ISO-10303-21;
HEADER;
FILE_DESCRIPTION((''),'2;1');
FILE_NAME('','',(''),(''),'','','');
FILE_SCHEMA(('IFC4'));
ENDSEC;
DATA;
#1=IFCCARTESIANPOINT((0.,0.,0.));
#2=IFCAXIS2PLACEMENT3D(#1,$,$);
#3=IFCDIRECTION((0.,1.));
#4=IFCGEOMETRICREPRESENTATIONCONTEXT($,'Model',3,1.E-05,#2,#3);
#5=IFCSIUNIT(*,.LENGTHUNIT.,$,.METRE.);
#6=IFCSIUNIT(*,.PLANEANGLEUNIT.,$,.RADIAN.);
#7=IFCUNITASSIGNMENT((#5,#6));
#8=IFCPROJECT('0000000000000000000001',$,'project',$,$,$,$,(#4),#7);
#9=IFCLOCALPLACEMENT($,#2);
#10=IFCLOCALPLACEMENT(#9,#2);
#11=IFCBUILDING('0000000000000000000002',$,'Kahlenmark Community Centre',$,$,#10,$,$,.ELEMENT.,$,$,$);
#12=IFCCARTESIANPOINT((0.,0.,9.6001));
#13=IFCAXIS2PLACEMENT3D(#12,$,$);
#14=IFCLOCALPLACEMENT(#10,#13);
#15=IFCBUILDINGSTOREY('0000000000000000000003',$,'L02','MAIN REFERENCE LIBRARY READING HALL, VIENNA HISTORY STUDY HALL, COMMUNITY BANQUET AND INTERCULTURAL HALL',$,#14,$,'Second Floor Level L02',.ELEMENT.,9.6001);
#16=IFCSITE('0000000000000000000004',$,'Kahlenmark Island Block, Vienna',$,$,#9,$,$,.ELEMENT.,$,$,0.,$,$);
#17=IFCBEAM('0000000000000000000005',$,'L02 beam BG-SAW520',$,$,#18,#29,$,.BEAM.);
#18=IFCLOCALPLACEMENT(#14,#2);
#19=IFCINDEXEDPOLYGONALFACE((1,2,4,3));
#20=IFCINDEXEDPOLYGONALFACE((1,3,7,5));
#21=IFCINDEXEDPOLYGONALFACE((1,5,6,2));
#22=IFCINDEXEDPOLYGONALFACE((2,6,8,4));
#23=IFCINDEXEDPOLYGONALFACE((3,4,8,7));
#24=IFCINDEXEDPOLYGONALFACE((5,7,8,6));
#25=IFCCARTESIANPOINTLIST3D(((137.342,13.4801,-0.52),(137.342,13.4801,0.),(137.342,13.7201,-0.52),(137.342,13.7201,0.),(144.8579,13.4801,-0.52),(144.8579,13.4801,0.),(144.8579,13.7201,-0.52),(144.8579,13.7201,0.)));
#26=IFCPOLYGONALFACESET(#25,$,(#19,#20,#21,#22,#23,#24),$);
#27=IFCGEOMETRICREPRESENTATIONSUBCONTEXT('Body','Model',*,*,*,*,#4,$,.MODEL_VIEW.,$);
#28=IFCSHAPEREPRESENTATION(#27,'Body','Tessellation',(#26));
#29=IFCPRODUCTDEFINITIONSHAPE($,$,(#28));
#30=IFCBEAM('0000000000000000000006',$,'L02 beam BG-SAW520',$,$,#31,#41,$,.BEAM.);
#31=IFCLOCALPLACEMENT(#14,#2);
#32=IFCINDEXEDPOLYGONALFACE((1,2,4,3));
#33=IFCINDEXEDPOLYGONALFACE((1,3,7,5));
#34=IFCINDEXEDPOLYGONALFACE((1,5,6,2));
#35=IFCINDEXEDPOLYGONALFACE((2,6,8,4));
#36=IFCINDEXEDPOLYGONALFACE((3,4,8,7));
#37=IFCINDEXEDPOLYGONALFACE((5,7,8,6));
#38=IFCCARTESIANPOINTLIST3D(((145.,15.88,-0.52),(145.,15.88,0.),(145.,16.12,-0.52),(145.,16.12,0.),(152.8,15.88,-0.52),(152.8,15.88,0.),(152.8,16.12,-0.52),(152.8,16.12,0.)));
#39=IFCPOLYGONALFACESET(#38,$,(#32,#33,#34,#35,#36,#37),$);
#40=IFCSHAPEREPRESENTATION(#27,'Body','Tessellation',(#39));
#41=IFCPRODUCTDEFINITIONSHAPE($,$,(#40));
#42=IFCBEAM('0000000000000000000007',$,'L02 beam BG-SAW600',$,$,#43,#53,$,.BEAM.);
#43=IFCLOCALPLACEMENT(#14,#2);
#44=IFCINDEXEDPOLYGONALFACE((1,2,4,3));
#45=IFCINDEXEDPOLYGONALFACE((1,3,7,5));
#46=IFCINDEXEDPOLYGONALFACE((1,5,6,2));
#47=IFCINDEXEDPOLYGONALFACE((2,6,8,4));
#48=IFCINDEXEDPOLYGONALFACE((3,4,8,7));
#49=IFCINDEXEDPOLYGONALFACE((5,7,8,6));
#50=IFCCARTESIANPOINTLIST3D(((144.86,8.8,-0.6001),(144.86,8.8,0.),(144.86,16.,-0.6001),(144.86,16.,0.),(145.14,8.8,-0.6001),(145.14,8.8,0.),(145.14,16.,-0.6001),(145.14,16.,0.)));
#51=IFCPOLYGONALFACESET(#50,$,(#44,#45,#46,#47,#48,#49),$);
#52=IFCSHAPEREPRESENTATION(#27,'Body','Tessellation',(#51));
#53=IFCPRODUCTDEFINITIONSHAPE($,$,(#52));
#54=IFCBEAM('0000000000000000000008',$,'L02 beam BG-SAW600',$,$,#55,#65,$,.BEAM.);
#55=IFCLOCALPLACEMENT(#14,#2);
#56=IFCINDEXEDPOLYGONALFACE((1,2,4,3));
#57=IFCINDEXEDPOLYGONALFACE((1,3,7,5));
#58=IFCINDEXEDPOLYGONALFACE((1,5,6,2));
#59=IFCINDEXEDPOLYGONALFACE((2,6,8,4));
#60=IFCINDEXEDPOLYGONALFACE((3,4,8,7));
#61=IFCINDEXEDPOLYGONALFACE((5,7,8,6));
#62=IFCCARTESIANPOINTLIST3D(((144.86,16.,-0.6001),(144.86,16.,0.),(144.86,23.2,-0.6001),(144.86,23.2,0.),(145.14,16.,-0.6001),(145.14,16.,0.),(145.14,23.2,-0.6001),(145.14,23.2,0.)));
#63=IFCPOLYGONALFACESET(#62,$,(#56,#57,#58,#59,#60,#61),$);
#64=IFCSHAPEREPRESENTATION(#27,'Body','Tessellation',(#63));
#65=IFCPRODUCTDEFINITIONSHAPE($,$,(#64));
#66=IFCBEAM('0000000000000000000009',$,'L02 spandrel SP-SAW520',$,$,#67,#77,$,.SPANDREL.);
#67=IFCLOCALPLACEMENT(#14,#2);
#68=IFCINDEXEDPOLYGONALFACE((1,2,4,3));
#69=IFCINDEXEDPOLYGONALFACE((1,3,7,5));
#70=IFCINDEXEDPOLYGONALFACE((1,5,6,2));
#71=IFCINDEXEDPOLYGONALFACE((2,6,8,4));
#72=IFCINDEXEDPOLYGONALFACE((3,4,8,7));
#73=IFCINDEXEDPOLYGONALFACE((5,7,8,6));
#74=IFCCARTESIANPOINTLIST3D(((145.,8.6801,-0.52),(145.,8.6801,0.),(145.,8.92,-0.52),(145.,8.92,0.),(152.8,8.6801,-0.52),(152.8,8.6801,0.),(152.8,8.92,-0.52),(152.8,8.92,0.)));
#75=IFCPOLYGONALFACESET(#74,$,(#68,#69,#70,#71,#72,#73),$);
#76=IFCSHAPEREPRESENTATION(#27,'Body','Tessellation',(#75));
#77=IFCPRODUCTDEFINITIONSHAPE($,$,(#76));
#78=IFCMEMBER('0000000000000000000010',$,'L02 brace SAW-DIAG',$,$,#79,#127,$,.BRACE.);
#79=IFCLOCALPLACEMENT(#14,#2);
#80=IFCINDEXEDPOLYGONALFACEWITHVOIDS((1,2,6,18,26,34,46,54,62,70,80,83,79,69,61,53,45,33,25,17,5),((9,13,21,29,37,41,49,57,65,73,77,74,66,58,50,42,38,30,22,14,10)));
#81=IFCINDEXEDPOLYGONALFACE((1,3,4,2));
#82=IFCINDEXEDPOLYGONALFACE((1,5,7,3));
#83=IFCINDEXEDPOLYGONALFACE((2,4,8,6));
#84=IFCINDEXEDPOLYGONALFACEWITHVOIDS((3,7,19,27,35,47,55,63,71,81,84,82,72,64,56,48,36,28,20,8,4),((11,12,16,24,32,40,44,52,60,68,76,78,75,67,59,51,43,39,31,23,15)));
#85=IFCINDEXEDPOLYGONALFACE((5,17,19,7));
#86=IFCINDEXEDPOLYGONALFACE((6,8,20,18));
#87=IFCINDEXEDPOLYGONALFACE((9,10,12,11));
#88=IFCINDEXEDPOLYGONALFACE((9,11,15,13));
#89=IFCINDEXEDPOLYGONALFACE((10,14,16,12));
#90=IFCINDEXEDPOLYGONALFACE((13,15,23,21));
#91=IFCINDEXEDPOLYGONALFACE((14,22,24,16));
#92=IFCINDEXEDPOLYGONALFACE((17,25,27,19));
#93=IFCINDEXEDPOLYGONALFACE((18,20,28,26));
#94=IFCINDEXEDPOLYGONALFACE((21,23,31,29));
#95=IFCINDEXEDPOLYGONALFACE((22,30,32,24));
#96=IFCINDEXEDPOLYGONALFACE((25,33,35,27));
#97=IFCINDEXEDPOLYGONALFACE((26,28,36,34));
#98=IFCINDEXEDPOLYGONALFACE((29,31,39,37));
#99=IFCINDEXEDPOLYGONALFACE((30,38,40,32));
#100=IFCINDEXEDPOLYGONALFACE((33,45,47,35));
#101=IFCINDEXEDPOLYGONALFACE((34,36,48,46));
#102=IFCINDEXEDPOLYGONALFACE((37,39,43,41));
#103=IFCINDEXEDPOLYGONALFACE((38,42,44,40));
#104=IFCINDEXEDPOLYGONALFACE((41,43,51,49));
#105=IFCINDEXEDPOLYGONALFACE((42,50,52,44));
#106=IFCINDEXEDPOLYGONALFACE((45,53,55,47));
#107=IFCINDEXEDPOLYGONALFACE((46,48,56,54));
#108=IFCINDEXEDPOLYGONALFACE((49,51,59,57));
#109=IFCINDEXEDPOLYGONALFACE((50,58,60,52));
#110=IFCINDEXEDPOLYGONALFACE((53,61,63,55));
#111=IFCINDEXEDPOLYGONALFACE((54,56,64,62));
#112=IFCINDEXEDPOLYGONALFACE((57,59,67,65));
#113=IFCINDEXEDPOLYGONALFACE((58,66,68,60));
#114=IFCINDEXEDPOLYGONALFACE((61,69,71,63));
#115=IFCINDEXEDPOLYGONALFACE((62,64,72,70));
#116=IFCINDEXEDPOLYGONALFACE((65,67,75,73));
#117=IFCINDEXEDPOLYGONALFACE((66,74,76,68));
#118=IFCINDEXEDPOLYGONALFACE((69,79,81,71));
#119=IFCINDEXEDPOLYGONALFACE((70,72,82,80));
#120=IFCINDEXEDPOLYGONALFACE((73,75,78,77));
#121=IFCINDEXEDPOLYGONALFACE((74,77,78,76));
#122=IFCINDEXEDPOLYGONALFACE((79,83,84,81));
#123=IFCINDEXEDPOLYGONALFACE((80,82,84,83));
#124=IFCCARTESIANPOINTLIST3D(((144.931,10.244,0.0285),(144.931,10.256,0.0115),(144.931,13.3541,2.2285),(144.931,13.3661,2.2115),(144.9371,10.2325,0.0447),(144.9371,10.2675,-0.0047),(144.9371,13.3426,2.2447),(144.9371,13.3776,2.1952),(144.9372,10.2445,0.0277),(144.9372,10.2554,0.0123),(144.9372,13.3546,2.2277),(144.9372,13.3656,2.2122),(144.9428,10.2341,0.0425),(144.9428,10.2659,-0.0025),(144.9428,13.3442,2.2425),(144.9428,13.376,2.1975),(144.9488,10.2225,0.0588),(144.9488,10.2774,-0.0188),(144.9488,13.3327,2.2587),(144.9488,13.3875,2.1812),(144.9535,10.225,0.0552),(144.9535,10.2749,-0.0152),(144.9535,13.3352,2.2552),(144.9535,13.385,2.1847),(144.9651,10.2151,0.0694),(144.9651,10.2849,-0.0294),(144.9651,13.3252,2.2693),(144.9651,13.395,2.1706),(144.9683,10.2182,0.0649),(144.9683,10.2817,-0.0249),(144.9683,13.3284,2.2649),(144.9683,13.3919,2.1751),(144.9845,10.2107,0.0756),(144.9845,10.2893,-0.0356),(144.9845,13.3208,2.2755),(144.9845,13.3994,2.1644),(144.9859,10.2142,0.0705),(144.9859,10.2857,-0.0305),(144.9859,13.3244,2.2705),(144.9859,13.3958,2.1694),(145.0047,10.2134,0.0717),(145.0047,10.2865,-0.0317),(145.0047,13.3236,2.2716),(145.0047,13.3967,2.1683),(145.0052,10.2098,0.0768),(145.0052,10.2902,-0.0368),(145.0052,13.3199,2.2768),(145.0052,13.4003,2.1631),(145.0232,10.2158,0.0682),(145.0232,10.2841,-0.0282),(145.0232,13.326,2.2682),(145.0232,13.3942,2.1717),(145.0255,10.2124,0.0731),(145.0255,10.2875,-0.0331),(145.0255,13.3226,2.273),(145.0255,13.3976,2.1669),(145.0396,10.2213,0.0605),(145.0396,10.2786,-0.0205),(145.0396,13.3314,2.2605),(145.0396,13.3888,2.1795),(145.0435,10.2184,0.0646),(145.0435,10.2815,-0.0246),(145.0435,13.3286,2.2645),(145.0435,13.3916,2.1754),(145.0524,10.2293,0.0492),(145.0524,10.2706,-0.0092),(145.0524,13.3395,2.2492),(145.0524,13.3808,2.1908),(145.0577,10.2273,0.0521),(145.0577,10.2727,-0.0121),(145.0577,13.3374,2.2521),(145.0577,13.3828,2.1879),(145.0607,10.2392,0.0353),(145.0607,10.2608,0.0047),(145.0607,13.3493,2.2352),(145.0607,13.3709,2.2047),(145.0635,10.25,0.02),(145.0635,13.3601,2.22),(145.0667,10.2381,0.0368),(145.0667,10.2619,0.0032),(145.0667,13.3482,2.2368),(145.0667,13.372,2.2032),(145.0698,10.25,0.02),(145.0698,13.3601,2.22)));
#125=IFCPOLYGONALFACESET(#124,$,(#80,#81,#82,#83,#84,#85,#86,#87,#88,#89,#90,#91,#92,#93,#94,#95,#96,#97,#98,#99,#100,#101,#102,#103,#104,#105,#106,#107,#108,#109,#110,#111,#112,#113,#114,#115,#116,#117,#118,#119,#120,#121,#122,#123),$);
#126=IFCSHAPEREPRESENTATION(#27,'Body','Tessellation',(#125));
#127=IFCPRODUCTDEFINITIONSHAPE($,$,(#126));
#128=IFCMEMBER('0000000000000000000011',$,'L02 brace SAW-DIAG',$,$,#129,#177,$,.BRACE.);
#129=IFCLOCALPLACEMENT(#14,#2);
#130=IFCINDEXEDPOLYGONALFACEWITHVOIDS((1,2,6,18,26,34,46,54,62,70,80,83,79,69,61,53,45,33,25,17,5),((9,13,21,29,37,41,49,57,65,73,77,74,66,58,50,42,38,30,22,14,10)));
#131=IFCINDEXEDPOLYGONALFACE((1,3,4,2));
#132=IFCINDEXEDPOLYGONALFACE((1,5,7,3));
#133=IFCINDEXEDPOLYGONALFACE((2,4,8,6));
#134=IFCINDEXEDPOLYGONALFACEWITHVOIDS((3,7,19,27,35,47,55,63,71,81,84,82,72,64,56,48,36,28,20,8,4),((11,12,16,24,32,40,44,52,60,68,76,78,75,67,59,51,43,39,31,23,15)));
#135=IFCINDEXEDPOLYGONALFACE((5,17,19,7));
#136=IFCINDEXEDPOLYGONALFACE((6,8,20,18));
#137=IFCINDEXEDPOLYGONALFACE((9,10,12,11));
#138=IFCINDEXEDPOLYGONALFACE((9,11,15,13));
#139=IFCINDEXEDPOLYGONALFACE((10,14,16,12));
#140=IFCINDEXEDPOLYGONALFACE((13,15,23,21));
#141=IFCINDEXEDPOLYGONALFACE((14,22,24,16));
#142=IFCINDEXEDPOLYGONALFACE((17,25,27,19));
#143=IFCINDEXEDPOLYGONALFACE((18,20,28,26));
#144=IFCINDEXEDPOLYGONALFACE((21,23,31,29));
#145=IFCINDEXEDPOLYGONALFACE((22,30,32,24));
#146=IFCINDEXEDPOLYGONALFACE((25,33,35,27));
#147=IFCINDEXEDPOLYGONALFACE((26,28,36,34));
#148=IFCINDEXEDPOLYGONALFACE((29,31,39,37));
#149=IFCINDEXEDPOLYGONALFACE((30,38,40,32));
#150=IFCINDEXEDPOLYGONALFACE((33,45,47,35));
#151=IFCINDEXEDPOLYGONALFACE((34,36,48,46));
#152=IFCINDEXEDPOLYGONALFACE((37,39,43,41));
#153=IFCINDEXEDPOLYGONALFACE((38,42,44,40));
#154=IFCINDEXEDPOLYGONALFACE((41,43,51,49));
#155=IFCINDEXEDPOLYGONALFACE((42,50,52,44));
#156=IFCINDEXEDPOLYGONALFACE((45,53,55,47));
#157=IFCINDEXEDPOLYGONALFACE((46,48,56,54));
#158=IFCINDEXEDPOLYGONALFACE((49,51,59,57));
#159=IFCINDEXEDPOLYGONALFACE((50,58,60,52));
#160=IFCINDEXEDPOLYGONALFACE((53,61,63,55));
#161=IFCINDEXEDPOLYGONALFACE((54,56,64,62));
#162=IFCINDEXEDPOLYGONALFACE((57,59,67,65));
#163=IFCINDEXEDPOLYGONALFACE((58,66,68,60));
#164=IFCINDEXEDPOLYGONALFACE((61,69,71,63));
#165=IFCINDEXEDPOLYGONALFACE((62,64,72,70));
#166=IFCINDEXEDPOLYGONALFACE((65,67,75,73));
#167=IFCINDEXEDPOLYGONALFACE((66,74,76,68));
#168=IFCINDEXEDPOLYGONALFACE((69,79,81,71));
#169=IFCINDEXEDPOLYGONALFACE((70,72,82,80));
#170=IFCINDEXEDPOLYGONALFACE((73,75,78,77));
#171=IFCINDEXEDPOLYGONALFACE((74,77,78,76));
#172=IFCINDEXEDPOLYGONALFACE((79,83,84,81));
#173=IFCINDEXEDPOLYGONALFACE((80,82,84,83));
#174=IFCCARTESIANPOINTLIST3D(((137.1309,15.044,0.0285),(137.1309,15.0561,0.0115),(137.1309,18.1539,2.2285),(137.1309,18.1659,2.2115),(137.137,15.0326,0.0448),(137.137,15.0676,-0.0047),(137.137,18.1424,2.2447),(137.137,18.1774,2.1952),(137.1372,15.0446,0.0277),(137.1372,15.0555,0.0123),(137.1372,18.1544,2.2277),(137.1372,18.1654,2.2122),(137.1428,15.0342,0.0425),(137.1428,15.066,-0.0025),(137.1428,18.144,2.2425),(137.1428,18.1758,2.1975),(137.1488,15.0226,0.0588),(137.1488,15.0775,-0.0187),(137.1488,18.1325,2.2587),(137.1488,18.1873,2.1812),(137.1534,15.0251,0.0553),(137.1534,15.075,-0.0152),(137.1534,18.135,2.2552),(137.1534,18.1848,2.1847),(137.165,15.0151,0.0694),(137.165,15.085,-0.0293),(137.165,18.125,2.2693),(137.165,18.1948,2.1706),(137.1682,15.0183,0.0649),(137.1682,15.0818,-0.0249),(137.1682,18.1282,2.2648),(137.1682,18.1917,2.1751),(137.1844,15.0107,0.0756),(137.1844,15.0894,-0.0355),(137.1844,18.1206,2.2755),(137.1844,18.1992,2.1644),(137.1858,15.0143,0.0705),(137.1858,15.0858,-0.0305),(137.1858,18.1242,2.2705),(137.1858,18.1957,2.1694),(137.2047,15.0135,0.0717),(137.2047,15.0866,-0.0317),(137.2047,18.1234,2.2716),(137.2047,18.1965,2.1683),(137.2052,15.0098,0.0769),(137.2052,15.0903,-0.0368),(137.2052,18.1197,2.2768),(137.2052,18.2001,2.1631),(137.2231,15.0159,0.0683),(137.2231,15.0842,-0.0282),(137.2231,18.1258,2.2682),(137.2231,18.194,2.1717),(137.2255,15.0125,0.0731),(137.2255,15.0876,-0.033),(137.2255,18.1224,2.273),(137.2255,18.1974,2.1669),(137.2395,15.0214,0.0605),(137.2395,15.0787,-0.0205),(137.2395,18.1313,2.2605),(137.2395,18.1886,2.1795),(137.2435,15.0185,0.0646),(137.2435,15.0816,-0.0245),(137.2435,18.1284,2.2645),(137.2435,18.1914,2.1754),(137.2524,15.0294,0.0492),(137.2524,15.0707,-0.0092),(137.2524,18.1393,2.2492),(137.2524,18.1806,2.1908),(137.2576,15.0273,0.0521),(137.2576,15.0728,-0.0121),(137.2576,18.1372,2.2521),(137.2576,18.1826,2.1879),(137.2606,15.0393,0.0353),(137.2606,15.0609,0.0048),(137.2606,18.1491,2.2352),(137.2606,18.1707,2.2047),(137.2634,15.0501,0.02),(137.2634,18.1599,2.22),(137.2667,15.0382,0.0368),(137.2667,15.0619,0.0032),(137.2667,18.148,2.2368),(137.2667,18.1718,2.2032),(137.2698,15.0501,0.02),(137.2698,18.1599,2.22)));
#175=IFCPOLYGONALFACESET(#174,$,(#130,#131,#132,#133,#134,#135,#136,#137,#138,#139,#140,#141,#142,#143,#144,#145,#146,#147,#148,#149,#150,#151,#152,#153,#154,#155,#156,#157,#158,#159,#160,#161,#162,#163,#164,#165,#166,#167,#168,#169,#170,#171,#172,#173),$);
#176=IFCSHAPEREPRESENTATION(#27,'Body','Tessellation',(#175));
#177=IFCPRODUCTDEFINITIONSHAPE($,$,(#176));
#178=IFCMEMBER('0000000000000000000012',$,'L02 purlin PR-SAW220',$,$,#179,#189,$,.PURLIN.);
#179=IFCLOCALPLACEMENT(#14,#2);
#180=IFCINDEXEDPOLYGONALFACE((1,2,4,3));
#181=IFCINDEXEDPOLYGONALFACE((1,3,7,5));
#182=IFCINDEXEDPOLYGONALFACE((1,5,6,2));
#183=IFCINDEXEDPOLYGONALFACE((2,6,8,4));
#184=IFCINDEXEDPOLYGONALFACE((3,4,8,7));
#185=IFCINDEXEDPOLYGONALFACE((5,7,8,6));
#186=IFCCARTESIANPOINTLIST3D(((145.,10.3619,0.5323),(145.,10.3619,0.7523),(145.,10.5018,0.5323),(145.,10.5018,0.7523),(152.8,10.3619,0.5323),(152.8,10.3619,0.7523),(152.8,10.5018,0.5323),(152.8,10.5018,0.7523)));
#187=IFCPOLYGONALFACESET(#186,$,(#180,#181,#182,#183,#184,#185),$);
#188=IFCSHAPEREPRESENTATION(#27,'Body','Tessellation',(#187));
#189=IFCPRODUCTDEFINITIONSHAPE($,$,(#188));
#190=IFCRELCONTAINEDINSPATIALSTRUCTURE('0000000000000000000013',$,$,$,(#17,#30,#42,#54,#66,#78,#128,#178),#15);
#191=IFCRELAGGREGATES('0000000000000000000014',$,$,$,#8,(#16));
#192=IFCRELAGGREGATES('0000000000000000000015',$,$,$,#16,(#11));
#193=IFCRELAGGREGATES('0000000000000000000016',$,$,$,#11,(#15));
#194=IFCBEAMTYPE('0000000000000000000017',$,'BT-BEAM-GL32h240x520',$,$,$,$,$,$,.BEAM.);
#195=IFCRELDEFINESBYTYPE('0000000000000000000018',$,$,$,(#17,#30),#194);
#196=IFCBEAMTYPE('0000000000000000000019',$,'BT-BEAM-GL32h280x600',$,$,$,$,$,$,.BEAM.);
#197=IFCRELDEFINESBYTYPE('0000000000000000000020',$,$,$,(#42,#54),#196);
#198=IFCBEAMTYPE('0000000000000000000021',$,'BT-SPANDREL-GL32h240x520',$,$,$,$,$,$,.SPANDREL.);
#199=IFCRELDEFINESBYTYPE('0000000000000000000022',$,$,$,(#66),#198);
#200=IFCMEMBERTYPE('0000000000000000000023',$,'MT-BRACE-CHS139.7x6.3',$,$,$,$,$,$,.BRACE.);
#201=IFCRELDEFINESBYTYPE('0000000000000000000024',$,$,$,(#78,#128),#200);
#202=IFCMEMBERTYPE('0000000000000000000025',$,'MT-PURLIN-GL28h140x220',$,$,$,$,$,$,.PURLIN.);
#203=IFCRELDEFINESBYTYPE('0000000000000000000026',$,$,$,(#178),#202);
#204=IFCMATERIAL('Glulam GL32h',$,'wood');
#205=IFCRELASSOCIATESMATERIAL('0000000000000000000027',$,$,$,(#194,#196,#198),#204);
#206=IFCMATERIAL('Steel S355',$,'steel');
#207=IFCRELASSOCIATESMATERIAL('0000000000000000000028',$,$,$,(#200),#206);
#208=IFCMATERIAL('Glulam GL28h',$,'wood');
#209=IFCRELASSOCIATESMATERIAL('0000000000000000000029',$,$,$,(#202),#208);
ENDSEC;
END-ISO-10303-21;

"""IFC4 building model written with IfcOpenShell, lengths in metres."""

from ifc_helpers import new_model, si_unit, direction, frame, origin, origin_2d, place, context, subcontext, project, spatial, rectangle, hollow_circle, extrude, material, material_profile, profile_set, type_object, element, save


model = new_model("IFC4")

# Units and contexts
model_context = context("Model", 3, precision=1e-05, world=origin(), true_north=direction((0.0, 1.0)))
body_context = subcontext(model_context, "Body", "Model", "MODEL_VIEW")
ifc_project = project(units=[si_unit("LENGTHUNIT", "METRE"), si_unit("PLANEANGLEUNIT", "RADIAN")], contexts=[model_context])

# Site, building, storey
site_placement = place(None, origin())
site = spatial("IfcSite", under=ifc_project, at=site_placement, Name="Kahlenmark Island Block, Vienna", CompositionType="ELEMENT", RefElevation=0.0)
building_placement = place(site_placement, origin())
building = spatial("IfcBuilding", under=site, at=building_placement, Name="Kahlenmark Community Centre", CompositionType="ELEMENT")
storey_placement = place(building_placement, frame((0.0, 0.0, 9.6001)))
storey = spatial("IfcBuildingStorey", under=building, at=storey_placement, Name="L02", Description="MAIN REFERENCE LIBRARY READING HALL, VIENNA HISTORY STUDY HALL, COMMUNITY BANQUET AND INTERCULTURAL HALL", LongName="Second Floor Level L02", CompositionType="ELEMENT", Elevation=9.6001)

# Beams
ifc_material_1 = material(Name="Glulam GL32h", Category="wood")
ifc_material_profile_1 = material_profile(ifc_material_1, rectangle(XDim=0.24, YDim=0.52, at=origin_2d()), Name="GL32h 240x520")
ifc_profile_set_1 = profile_set([ifc_material_profile_1], Name="Glulam GL32h")
beam_type_1 = type_object("IfcBeamType", Name="BT-BEAM-GL32h240x520", PredefinedType="BEAM", material=ifc_profile_set_1)
beam_1_placement = place(storey_placement, frame((137.342, 13.6001, -0.26), z_axis=(1.0, 0.0, 0.0), x_axis=(0.0, 1.0, 0.0)))
element("IfcBeam", 1, at=beam_1_placement, inside=storey, type_object=beam_type_1, Name="L02 beam BG-SAW520", PredefinedType="BEAM", context=body_context, shape_type="SweptSolid", body=[
    extrude(rectangle(XDim=0.24, YDim=0.52, at=origin_2d()), origin(), (0.0, 0.0, 1.0), 7.5159),
])
beam_2_placement = place(storey_placement, frame((145.0, 16.0, -0.26), z_axis=(1.0, 0.0, 0.0), x_axis=(0.0, 1.0, 0.0)))
element("IfcBeam", 2, at=beam_2_placement, inside=storey, type_object=beam_type_1, Name="L02 beam BG-SAW520", PredefinedType="BEAM", context=body_context, shape_type="SweptSolid", body=[
    extrude(rectangle(XDim=0.24, YDim=0.52, at=origin_2d()), origin(), (0.0, 0.0, 1.0), 7.8),
])
ifc_material_profile_2 = material_profile(ifc_material_1, rectangle(XDim=0.28, YDim=0.6001, at=origin_2d()), Name="GL32h 280x600")
ifc_profile_set_2 = profile_set([ifc_material_profile_2], Name="Glulam GL32h")
beam_type_2 = type_object("IfcBeamType", Name="BT-BEAM-GL32h280x600", PredefinedType="BEAM", material=ifc_profile_set_2)
for number, where, z_axis, x_axis, name in (
    (3, (145.0, 8.8, -0.3), (0.0, 1.0, 0.0), (-1.0, 0.0, 0.0), "L02 beam BG-SAW600"),
    (4, (145.0, 16.0, -0.3), (0.0, 1.0, 0.0), (-1.0, 0.0, 0.0), "L02 beam BG-SAW600"),
):
    element("IfcBeam", number, at=place(storey_placement, frame(where, z_axis=z_axis, x_axis=x_axis)), inside=storey, type_object=beam_type_2, Name=name, PredefinedType="BEAM", context=body_context, shape_type="SweptSolid", body=[
        extrude(rectangle(XDim=0.28, YDim=0.6001, at=origin_2d()), origin(), (0.0, 0.0, 1.0), 7.2),
    ])
ifc_material_profile_3 = material_profile(ifc_material_1, rectangle(XDim=0.24, YDim=0.52, at=origin_2d()), Name="GL32h 240x520")
ifc_profile_set_3 = profile_set([ifc_material_profile_3], Name="Glulam GL32h")
beam_type_3 = type_object("IfcBeamType", Name="BT-SPANDREL-GL32h240x520", PredefinedType="SPANDREL", material=ifc_profile_set_3)
beam_3_placement = place(storey_placement, frame((145.0, 8.8, -0.26), z_axis=(1.0, 0.0, 0.0), x_axis=(0.0, 1.0, 0.0)))
element("IfcBeam", 5, at=beam_3_placement, inside=storey, type_object=beam_type_3, Name="L02 spandrel SP-SAW520", PredefinedType="SPANDREL", context=body_context, shape_type="SweptSolid", body=[
    extrude(rectangle(XDim=0.24, YDim=0.52, at=origin_2d()), origin(), (0.0, 0.0, 1.0), 7.8),
])

# Members
ifc_material_2 = material(Name="Steel S355", Category="steel")
ifc_material_profile_4 = material_profile(ifc_material_2, hollow_circle(Radius=0.0698, WallThickness=0.0063, at=origin_2d()), Name="CHS 139.7x6.3")
ifc_profile_set_4 = profile_set([ifc_material_profile_4], Name="Steel S355")
member_type_1 = type_object("IfcMemberType", Name="MT-BRACE-CHS139.7x6.3", PredefinedType="BRACE", material=ifc_profile_set_4)
member_1_placement = place(storey_placement, frame((145.0, 13.3601, 2.22), z_axis=(0.0, -0.816401, -0.577486), x_axis=(1.0, 0.0, 0.0)))
element("IfcMember", 6, at=member_1_placement, inside=storey, type_object=member_type_1, Name="L02 brace SAW-DIAG", PredefinedType="BRACE", context=body_context, shape_type="SweptSolid", body=[
    extrude(hollow_circle(Radius=0.0698, WallThickness=0.0063, at=origin_2d()), origin(), (0.0, 0.0, 1.0), 3.8096),
])
member_2_placement = place(storey_placement, frame((137.2, 18.1599, 2.22), z_axis=(0.0, -0.81638, -0.577516), x_axis=(1.0, 0.0, 0.0)))
element("IfcMember", 7, at=member_2_placement, inside=storey, type_object=member_type_1, Name="L02 brace SAW-DIAG", PredefinedType="BRACE", context=body_context, shape_type="SweptSolid", body=[
    extrude(hollow_circle(Radius=0.0698, WallThickness=0.0063, at=origin_2d()), origin(), (0.0, 0.0, 1.0), 3.8093),
])
ifc_material_3 = material(Name="Glulam GL28h", Category="wood")
ifc_material_profile_5 = material_profile(ifc_material_3, rectangle(XDim=0.1399, YDim=0.22, at=origin_2d()), Name="GL28h 140x220")
ifc_profile_set_5 = profile_set([ifc_material_profile_5], Name="Glulam GL28h")
member_type_2 = type_object("IfcMemberType", Name="MT-PURLIN-GL28h140x220", PredefinedType="PURLIN", material=ifc_profile_set_5)
for number, where, z_axis, x_axis, name in (
    (8, (145.0, 10.4319, 0.6423), (1.0, 0.0, 0.0), (0.0, 1.0, 0.0), "L02 purlin PR-SAW220"),
):
    element("IfcMember", number, at=place(storey_placement, frame(where, z_axis=z_axis, x_axis=x_axis)), inside=storey, type_object=member_type_2, Name=name, PredefinedType="PURLIN", context=body_context, shape_type="SweptSolid", body=[
        extrude(rectangle(XDim=0.1399, YDim=0.22, at=origin_2d()), origin(), (0.0, 0.0, 1.0), 7.8),
    ])

save(model, "model.ifc")
